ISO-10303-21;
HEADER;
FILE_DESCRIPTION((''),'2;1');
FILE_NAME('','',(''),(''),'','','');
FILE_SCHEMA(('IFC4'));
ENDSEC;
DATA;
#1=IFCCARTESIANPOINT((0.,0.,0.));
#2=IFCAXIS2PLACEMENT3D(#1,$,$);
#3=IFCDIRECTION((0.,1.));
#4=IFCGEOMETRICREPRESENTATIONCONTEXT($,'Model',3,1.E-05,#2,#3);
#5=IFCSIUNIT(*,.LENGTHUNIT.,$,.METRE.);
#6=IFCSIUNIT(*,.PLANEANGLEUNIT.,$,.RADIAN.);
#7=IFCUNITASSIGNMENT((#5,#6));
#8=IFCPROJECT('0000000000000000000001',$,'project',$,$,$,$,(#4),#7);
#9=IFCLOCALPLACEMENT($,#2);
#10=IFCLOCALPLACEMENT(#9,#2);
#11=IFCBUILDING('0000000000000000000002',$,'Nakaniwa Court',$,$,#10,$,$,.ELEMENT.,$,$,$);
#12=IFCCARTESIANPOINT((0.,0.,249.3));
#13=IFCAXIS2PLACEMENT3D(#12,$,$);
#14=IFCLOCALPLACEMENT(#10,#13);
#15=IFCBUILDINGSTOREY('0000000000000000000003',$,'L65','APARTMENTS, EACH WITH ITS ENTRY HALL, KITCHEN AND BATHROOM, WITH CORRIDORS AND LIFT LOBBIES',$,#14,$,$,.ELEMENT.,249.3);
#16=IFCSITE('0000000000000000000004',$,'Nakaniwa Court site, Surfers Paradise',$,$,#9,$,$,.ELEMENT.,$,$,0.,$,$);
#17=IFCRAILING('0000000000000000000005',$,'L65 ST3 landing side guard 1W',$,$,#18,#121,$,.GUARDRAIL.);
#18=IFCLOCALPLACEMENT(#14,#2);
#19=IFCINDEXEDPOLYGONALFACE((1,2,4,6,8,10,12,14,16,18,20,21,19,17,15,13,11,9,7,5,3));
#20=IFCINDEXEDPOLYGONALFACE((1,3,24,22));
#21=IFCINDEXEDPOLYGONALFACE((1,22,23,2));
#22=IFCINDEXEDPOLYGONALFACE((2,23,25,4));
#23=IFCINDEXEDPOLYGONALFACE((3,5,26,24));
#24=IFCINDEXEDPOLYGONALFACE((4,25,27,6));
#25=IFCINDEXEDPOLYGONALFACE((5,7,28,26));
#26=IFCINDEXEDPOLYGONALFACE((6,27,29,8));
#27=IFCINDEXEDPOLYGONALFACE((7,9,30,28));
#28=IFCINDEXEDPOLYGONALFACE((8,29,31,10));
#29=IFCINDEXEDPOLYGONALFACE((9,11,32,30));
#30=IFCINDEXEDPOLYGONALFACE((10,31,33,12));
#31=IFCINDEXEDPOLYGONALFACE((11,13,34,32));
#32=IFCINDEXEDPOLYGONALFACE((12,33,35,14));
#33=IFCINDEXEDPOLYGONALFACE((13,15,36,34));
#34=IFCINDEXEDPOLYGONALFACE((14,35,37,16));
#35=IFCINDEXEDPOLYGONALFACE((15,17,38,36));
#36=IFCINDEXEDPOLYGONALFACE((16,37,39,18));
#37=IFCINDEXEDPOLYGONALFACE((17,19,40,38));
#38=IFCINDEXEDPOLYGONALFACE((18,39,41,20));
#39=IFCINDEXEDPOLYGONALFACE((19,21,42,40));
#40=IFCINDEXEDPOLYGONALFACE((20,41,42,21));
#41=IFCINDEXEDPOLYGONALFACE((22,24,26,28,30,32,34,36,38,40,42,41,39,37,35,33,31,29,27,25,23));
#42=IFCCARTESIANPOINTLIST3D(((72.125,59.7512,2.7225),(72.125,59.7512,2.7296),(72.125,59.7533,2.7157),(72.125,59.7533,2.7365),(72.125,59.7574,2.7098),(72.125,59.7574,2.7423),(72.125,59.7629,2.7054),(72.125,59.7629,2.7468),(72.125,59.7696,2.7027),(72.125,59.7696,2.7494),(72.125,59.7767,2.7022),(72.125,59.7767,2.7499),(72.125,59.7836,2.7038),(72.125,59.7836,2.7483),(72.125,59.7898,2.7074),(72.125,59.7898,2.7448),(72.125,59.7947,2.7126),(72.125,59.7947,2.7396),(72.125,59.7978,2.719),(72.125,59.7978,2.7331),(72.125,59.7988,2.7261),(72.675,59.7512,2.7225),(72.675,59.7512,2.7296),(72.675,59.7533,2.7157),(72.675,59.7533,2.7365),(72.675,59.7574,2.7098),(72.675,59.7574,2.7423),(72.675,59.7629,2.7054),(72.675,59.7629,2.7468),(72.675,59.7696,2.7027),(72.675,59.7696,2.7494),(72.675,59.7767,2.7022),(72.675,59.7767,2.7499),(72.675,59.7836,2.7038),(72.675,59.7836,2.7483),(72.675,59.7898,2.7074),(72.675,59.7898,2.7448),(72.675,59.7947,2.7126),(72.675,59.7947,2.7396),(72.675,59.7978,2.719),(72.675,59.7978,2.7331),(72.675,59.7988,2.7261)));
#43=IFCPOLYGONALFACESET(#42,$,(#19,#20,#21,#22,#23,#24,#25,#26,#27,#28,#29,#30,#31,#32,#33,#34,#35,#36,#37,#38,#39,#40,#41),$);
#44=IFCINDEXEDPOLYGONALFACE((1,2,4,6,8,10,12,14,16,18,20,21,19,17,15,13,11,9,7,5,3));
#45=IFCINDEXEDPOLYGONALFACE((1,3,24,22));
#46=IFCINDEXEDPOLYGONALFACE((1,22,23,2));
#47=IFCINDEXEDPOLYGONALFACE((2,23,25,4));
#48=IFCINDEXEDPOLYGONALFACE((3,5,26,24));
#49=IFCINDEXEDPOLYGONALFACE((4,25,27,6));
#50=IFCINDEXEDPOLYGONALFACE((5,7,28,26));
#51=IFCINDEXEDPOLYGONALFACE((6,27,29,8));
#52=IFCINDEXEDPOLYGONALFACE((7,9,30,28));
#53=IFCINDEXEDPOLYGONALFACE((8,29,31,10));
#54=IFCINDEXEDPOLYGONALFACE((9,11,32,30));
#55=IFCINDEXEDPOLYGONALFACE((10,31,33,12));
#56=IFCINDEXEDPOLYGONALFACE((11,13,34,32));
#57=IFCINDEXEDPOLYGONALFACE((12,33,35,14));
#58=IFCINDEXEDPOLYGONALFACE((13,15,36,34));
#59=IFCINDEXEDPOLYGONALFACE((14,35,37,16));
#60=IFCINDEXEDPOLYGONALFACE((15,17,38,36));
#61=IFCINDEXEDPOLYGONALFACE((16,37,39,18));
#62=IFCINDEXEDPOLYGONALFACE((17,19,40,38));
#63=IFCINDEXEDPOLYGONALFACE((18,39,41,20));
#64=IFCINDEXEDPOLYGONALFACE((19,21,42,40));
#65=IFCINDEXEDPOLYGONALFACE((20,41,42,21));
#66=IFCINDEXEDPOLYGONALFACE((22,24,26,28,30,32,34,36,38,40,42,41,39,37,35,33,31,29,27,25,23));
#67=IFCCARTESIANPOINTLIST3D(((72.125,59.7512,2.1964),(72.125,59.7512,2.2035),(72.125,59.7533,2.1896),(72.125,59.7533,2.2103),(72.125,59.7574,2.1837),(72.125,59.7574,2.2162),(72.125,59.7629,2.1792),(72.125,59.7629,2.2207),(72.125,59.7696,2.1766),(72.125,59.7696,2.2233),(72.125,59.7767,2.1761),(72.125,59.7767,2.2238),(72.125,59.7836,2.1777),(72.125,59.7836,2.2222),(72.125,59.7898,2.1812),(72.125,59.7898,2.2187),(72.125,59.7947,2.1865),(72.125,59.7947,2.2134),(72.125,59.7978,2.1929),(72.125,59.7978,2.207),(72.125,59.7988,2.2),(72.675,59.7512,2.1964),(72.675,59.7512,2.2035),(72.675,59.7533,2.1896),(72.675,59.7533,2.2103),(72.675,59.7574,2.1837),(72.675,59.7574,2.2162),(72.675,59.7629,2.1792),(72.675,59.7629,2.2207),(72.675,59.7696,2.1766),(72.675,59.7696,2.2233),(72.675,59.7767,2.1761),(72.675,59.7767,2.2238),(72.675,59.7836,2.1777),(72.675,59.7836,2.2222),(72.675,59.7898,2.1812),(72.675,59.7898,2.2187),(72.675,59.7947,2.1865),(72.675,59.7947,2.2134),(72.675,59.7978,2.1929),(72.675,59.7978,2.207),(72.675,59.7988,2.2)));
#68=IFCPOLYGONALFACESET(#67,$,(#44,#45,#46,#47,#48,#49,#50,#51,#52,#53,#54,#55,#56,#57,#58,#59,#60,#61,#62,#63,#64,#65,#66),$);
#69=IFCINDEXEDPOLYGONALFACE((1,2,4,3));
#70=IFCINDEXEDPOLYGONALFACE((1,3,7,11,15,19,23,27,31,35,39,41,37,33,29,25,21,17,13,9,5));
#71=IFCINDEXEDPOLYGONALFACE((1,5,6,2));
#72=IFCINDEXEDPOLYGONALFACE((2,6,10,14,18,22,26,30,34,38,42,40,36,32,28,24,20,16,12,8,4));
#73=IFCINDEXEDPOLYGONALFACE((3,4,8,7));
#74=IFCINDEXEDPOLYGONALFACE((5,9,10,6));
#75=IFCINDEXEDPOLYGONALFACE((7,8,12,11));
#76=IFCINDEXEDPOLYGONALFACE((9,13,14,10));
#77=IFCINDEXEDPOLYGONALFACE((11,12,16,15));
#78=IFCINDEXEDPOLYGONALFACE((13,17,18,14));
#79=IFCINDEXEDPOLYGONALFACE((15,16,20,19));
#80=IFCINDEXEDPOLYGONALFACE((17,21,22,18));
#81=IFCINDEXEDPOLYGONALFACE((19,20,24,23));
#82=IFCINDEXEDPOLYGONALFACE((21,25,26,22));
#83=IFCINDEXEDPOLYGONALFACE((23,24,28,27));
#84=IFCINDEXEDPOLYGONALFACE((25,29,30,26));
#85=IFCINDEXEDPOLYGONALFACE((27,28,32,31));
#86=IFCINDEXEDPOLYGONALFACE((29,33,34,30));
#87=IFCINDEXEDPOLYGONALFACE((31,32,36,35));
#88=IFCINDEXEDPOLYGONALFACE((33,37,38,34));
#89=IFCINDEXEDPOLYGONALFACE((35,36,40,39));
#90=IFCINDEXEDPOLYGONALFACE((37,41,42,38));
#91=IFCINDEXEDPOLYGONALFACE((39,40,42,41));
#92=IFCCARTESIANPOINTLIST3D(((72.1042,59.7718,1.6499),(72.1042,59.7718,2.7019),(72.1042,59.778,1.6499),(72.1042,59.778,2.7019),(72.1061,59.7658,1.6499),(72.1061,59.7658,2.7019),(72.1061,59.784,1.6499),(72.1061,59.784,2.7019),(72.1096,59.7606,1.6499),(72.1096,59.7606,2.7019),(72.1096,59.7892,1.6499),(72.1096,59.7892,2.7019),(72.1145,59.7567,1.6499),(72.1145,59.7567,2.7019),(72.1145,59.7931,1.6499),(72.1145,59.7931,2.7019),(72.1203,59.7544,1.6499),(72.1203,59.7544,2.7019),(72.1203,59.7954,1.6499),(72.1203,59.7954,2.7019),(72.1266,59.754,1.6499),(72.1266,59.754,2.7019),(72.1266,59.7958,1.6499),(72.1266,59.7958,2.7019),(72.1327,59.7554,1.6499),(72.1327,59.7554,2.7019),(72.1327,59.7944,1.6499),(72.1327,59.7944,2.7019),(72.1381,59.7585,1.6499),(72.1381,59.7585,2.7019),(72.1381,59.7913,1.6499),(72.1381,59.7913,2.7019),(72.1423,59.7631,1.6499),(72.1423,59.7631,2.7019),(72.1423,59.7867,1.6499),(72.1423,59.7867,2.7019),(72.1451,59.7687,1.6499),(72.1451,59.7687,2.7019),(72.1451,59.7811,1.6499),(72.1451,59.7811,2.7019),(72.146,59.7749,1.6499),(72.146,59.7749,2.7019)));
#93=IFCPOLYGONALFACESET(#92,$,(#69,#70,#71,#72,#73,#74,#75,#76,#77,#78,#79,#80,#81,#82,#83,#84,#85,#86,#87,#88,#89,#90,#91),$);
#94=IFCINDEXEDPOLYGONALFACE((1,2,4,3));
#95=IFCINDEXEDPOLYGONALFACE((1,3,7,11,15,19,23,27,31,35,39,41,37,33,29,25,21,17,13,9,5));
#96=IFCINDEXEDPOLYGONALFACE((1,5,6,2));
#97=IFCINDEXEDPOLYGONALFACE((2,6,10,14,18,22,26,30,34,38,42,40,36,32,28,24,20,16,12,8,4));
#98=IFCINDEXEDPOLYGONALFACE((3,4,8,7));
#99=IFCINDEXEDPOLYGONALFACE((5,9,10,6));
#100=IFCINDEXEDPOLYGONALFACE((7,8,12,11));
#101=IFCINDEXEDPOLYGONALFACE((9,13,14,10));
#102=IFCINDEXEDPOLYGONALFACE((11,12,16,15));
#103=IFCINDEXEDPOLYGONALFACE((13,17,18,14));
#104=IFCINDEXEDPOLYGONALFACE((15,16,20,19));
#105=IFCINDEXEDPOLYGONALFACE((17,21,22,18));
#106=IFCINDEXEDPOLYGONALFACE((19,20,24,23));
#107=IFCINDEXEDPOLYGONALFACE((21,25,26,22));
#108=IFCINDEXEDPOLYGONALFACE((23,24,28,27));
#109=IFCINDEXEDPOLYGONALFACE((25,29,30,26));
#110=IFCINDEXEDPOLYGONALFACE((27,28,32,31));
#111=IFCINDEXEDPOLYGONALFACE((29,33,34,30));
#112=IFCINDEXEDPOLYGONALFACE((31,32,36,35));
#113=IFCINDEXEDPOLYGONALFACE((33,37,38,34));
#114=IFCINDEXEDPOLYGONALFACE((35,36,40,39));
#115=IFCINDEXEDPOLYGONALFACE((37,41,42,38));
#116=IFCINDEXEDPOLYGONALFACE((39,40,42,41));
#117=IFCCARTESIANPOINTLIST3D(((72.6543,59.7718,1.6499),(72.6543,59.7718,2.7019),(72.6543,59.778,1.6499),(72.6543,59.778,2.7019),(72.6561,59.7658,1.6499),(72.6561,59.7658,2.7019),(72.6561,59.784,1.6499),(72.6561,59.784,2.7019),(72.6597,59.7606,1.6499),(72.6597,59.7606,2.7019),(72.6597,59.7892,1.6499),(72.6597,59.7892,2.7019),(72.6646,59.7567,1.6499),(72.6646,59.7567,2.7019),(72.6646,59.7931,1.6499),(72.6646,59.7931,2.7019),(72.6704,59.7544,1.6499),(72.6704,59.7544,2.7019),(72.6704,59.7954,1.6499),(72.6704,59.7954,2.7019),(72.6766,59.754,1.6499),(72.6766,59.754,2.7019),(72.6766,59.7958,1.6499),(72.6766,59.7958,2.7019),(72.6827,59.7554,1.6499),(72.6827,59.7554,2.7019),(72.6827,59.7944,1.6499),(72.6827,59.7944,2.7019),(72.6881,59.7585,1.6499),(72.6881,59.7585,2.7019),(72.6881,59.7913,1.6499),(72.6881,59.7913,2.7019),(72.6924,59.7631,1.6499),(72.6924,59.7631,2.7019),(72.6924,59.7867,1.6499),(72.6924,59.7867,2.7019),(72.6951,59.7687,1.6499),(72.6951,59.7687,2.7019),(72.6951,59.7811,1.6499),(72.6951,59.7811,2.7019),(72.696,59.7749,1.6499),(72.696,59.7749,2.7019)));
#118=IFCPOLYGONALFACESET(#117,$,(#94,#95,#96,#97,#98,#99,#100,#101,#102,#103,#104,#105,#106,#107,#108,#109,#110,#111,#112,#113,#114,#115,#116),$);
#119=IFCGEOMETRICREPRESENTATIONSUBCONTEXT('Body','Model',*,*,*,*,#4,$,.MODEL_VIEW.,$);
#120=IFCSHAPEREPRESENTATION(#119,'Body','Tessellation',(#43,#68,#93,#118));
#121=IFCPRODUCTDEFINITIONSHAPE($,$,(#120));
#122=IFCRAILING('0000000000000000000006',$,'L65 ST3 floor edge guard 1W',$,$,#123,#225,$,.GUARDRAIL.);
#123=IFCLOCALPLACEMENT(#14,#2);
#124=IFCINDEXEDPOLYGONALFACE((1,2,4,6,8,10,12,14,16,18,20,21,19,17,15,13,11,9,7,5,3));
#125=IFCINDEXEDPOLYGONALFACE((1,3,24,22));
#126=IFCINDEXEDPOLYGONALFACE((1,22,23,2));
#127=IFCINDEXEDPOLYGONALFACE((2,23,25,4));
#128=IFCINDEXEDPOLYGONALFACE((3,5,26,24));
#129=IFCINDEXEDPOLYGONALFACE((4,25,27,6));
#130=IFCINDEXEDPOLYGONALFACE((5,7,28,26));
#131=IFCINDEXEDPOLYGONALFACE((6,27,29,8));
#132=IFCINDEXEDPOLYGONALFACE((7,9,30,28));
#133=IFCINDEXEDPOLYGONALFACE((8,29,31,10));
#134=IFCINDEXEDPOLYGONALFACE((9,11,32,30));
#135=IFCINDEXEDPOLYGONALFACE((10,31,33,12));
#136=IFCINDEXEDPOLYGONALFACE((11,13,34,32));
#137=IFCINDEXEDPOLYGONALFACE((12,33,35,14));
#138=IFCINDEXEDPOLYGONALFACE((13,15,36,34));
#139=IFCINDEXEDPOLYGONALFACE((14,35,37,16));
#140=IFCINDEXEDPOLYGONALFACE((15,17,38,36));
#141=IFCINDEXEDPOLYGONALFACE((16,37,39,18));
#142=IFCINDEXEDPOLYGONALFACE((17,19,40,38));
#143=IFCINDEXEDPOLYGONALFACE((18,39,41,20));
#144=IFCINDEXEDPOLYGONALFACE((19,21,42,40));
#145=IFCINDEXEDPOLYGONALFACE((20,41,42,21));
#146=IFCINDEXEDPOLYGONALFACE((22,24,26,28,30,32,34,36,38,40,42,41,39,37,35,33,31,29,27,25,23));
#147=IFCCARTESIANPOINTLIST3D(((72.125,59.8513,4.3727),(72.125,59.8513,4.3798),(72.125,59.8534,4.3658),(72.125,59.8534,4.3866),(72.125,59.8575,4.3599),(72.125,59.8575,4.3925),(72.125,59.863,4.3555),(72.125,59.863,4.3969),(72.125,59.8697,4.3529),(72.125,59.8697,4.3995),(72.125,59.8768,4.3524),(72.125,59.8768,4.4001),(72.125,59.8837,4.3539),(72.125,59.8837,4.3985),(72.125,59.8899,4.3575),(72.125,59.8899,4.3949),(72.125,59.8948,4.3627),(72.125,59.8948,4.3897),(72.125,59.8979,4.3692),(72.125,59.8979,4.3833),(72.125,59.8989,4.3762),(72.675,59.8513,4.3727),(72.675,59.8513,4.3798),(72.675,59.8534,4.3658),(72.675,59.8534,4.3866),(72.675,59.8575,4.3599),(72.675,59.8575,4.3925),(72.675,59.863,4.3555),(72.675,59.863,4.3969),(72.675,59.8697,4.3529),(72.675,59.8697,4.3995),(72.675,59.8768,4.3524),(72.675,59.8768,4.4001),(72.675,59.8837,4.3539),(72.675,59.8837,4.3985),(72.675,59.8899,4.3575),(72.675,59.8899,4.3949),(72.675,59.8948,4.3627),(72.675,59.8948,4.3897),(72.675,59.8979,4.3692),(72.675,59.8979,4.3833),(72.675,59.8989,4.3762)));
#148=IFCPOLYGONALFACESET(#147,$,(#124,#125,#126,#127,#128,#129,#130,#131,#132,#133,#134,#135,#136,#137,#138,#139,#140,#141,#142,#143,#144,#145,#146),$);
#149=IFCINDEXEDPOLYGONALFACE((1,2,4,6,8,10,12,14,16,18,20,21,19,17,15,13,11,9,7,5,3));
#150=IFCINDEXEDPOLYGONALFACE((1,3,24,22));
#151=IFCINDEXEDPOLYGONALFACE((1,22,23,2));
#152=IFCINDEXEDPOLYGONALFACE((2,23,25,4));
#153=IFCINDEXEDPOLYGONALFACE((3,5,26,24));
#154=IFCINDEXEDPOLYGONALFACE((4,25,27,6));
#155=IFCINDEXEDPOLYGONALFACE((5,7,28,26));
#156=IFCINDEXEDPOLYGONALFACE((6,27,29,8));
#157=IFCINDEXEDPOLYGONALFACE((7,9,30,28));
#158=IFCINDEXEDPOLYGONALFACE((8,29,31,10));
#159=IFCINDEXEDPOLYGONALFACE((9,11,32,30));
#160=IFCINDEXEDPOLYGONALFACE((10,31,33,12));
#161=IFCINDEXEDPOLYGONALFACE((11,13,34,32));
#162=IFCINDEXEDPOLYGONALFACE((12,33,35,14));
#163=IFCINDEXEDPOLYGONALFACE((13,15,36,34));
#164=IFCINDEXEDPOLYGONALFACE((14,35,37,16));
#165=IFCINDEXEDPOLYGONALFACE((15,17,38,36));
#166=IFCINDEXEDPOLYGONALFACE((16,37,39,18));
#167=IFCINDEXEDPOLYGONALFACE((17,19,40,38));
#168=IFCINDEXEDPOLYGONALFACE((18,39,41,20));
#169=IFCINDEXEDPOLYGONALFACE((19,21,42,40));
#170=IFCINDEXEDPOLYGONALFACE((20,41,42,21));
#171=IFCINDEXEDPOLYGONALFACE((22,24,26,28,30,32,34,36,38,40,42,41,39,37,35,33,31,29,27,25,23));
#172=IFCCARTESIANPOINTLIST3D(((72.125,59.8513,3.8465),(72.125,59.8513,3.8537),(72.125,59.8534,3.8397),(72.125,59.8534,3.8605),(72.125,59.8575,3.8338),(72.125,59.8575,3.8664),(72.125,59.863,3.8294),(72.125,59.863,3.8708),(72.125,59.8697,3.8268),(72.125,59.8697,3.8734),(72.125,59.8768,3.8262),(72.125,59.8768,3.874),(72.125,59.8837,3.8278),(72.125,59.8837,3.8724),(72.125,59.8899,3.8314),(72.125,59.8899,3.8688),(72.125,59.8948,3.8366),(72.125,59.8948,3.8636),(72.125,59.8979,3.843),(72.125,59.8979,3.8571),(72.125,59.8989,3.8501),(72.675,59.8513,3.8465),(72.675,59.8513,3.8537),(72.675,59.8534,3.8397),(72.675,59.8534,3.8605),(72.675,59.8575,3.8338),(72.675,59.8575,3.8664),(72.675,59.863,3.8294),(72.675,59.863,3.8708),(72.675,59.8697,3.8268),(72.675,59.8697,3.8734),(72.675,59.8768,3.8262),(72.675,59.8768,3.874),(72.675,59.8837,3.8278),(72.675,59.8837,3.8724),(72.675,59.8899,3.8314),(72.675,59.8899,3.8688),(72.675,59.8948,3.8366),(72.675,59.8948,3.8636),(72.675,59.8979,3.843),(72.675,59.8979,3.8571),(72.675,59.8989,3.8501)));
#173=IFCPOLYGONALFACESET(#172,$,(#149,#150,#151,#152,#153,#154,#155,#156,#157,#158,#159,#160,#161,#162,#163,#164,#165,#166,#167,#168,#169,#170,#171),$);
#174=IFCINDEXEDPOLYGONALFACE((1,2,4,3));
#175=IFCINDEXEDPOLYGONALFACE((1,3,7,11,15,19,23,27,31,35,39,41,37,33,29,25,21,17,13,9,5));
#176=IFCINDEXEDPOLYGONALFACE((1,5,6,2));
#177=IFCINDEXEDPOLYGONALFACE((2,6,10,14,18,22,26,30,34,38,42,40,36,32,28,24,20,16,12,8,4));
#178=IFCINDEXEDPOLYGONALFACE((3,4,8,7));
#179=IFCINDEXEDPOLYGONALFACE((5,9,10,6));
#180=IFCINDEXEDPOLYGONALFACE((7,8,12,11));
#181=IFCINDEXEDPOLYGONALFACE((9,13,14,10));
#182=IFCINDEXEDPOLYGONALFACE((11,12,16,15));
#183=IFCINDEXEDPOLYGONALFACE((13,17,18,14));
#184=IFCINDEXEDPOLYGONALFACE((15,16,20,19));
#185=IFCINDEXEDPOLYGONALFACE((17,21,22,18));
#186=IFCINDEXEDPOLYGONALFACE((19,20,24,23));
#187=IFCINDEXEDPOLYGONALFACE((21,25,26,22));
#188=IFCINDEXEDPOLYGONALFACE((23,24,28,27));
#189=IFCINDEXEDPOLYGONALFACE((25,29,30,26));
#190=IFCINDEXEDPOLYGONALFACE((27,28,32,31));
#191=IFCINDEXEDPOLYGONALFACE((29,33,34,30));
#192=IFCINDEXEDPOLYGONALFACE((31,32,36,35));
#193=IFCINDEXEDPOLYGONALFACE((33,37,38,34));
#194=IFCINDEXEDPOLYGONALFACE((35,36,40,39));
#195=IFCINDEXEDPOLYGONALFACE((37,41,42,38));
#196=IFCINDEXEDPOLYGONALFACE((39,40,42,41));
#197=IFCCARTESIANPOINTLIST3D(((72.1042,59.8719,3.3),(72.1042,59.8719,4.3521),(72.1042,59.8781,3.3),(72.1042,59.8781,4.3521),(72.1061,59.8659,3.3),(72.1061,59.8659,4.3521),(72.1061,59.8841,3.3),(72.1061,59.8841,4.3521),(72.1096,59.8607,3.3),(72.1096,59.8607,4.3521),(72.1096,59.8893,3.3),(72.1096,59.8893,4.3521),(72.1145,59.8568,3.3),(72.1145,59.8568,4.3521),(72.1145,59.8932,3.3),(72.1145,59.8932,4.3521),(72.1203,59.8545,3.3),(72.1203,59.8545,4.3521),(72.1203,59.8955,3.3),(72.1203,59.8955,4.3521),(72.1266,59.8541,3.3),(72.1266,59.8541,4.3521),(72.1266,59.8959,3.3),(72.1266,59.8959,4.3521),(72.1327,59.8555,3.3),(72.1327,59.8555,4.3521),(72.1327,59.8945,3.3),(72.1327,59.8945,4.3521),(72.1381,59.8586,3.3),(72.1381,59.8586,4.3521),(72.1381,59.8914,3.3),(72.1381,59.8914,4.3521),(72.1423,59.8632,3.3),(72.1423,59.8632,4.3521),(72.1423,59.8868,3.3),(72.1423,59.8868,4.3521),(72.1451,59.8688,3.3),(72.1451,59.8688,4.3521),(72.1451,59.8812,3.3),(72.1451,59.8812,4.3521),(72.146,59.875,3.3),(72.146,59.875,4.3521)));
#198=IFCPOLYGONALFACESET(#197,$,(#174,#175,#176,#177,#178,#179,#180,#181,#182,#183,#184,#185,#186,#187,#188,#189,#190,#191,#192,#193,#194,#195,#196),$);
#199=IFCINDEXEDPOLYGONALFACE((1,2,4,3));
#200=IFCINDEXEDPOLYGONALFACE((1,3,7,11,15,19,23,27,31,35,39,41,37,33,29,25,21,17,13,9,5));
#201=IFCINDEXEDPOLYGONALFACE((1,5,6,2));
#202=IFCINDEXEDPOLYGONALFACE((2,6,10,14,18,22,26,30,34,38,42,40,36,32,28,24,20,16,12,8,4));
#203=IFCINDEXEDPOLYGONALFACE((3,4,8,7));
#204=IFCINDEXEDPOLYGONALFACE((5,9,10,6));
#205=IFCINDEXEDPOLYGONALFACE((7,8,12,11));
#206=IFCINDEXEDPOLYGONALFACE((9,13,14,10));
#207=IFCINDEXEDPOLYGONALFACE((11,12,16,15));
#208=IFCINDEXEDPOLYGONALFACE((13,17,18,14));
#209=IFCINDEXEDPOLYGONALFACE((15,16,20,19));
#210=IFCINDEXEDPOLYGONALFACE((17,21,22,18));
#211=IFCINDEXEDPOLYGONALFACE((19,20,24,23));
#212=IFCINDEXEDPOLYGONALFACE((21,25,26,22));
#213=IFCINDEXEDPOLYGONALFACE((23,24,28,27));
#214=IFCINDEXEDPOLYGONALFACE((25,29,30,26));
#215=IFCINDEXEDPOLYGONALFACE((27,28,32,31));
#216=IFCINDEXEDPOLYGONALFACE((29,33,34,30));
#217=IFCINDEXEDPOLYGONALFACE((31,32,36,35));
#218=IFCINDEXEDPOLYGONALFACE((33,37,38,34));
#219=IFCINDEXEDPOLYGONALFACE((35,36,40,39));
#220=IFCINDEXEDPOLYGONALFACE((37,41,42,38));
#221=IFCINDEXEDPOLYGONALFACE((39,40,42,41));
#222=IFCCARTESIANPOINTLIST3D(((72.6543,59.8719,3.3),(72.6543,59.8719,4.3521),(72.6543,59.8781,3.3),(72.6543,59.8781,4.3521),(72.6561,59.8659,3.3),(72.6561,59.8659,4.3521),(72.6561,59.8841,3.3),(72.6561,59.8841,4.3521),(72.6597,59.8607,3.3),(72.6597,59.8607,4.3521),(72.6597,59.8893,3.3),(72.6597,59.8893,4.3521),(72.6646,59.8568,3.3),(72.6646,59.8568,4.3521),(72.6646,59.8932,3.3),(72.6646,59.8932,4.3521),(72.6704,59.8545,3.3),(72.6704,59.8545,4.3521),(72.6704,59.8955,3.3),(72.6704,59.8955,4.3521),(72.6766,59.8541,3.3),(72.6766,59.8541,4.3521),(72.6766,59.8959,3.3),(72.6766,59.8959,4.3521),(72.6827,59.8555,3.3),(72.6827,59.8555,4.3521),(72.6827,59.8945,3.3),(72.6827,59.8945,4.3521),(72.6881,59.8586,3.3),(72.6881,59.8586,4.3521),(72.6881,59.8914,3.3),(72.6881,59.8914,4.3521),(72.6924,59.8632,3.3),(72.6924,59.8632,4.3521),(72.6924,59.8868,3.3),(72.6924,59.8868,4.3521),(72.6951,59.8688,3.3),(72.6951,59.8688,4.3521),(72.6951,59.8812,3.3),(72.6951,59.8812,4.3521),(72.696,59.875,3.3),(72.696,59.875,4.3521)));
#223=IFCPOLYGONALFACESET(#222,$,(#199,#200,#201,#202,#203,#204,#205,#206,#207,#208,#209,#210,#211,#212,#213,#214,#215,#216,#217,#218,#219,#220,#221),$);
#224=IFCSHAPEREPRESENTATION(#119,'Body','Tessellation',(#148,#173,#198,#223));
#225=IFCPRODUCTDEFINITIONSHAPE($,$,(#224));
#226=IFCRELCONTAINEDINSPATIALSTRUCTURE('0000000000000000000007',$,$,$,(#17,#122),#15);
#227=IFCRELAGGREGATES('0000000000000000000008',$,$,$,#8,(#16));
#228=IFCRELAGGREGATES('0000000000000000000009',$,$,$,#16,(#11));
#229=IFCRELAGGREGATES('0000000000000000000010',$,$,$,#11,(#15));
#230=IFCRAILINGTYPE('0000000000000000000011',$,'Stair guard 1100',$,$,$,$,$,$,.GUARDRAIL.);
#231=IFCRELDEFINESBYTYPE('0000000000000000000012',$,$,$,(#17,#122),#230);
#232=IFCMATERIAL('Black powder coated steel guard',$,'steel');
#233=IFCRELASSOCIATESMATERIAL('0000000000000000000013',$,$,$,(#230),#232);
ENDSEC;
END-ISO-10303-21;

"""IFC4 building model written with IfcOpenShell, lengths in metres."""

from ifc_helpers import new_model, si_unit, direction, frame, origin, origin_2d, place, context, subcontext, project, spatial, circle, extrude, material, type_object, element, save


model = new_model("IFC4")

# Units and contexts
model_context = context("Model", 3, precision=1e-05, world=origin(), true_north=direction((0.0, 1.0)))
body_context = subcontext(model_context, "Body", "Model", "MODEL_VIEW")
ifc_project = project(units=[si_unit("LENGTHUNIT", "METRE"), si_unit("PLANEANGLEUNIT", "RADIAN")], contexts=[model_context])

# Site, building, storey
site_placement = place(None, origin())
site = spatial("IfcSite", under=ifc_project, at=site_placement, Name="Nakaniwa Court site, Surfers Paradise", CompositionType="ELEMENT", RefElevation=0.0)
building_placement = place(site_placement, origin())
building = spatial("IfcBuilding", under=site, at=building_placement, Name="Nakaniwa Court", CompositionType="ELEMENT")
storey_placement = place(building_placement, frame((0.0, 0.0, 249.3)))
storey = spatial("IfcBuildingStorey", under=building, at=storey_placement, Name="L65", Description="APARTMENTS, EACH WITH ITS ENTRY HALL, KITCHEN AND BATHROOM, WITH CORRIDORS AND LIFT LOBBIES", CompositionType="ELEMENT", Elevation=249.3)

# Railings
ifc_material_1 = material(Name="Black powder coated steel guard", Category="steel")
railing_type_1 = type_object("IfcRailingType", Name="Stair guard 1100", PredefinedType="GUARDRAIL", material=ifc_material_1)
for number, where, name in (
    (1, (72.125, 59.7749, 1.6499), "L65 ST3 landing side guard 1W"),
    (2, (72.125, 59.875, 3.3), "L65 ST3 floor edge guard 1W"),
):
    element("IfcRailing", number, at=place(storey_placement, frame(where)), inside=storey, type_object=railing_type_1, Name=name, PredefinedType="GUARDRAIL", context=body_context, shape_type="SweptSolid", body=[
        extrude(circle(Radius=0.0239, at=origin_2d()), frame((0.0, 0.0, 1.0762), z_axis=(1.0, 0.0, 0.0), x_axis=(0.0, 1.0, 0.0)), (0.0, 0.0, 1.0), 0.55),
        extrude(circle(Radius=0.0239, at=origin_2d()), frame((0.0, 0.0, 0.55), z_axis=(1.0, 0.0, 0.0), x_axis=(0.0, 1.0, 0.0)), (0.0, 0.0, 1.0), 0.55),
        extrude(circle(Radius=0.021, at=origin_2d()), origin(), (0.0, 0.0, 1.0), 1.052),
        extrude(circle(Radius=0.021, at=origin_2d()), frame((0.55, 0.0, 0.0)), (0.0, 0.0, 1.0), 1.052),
    ])

save(model, "model.ifc")
